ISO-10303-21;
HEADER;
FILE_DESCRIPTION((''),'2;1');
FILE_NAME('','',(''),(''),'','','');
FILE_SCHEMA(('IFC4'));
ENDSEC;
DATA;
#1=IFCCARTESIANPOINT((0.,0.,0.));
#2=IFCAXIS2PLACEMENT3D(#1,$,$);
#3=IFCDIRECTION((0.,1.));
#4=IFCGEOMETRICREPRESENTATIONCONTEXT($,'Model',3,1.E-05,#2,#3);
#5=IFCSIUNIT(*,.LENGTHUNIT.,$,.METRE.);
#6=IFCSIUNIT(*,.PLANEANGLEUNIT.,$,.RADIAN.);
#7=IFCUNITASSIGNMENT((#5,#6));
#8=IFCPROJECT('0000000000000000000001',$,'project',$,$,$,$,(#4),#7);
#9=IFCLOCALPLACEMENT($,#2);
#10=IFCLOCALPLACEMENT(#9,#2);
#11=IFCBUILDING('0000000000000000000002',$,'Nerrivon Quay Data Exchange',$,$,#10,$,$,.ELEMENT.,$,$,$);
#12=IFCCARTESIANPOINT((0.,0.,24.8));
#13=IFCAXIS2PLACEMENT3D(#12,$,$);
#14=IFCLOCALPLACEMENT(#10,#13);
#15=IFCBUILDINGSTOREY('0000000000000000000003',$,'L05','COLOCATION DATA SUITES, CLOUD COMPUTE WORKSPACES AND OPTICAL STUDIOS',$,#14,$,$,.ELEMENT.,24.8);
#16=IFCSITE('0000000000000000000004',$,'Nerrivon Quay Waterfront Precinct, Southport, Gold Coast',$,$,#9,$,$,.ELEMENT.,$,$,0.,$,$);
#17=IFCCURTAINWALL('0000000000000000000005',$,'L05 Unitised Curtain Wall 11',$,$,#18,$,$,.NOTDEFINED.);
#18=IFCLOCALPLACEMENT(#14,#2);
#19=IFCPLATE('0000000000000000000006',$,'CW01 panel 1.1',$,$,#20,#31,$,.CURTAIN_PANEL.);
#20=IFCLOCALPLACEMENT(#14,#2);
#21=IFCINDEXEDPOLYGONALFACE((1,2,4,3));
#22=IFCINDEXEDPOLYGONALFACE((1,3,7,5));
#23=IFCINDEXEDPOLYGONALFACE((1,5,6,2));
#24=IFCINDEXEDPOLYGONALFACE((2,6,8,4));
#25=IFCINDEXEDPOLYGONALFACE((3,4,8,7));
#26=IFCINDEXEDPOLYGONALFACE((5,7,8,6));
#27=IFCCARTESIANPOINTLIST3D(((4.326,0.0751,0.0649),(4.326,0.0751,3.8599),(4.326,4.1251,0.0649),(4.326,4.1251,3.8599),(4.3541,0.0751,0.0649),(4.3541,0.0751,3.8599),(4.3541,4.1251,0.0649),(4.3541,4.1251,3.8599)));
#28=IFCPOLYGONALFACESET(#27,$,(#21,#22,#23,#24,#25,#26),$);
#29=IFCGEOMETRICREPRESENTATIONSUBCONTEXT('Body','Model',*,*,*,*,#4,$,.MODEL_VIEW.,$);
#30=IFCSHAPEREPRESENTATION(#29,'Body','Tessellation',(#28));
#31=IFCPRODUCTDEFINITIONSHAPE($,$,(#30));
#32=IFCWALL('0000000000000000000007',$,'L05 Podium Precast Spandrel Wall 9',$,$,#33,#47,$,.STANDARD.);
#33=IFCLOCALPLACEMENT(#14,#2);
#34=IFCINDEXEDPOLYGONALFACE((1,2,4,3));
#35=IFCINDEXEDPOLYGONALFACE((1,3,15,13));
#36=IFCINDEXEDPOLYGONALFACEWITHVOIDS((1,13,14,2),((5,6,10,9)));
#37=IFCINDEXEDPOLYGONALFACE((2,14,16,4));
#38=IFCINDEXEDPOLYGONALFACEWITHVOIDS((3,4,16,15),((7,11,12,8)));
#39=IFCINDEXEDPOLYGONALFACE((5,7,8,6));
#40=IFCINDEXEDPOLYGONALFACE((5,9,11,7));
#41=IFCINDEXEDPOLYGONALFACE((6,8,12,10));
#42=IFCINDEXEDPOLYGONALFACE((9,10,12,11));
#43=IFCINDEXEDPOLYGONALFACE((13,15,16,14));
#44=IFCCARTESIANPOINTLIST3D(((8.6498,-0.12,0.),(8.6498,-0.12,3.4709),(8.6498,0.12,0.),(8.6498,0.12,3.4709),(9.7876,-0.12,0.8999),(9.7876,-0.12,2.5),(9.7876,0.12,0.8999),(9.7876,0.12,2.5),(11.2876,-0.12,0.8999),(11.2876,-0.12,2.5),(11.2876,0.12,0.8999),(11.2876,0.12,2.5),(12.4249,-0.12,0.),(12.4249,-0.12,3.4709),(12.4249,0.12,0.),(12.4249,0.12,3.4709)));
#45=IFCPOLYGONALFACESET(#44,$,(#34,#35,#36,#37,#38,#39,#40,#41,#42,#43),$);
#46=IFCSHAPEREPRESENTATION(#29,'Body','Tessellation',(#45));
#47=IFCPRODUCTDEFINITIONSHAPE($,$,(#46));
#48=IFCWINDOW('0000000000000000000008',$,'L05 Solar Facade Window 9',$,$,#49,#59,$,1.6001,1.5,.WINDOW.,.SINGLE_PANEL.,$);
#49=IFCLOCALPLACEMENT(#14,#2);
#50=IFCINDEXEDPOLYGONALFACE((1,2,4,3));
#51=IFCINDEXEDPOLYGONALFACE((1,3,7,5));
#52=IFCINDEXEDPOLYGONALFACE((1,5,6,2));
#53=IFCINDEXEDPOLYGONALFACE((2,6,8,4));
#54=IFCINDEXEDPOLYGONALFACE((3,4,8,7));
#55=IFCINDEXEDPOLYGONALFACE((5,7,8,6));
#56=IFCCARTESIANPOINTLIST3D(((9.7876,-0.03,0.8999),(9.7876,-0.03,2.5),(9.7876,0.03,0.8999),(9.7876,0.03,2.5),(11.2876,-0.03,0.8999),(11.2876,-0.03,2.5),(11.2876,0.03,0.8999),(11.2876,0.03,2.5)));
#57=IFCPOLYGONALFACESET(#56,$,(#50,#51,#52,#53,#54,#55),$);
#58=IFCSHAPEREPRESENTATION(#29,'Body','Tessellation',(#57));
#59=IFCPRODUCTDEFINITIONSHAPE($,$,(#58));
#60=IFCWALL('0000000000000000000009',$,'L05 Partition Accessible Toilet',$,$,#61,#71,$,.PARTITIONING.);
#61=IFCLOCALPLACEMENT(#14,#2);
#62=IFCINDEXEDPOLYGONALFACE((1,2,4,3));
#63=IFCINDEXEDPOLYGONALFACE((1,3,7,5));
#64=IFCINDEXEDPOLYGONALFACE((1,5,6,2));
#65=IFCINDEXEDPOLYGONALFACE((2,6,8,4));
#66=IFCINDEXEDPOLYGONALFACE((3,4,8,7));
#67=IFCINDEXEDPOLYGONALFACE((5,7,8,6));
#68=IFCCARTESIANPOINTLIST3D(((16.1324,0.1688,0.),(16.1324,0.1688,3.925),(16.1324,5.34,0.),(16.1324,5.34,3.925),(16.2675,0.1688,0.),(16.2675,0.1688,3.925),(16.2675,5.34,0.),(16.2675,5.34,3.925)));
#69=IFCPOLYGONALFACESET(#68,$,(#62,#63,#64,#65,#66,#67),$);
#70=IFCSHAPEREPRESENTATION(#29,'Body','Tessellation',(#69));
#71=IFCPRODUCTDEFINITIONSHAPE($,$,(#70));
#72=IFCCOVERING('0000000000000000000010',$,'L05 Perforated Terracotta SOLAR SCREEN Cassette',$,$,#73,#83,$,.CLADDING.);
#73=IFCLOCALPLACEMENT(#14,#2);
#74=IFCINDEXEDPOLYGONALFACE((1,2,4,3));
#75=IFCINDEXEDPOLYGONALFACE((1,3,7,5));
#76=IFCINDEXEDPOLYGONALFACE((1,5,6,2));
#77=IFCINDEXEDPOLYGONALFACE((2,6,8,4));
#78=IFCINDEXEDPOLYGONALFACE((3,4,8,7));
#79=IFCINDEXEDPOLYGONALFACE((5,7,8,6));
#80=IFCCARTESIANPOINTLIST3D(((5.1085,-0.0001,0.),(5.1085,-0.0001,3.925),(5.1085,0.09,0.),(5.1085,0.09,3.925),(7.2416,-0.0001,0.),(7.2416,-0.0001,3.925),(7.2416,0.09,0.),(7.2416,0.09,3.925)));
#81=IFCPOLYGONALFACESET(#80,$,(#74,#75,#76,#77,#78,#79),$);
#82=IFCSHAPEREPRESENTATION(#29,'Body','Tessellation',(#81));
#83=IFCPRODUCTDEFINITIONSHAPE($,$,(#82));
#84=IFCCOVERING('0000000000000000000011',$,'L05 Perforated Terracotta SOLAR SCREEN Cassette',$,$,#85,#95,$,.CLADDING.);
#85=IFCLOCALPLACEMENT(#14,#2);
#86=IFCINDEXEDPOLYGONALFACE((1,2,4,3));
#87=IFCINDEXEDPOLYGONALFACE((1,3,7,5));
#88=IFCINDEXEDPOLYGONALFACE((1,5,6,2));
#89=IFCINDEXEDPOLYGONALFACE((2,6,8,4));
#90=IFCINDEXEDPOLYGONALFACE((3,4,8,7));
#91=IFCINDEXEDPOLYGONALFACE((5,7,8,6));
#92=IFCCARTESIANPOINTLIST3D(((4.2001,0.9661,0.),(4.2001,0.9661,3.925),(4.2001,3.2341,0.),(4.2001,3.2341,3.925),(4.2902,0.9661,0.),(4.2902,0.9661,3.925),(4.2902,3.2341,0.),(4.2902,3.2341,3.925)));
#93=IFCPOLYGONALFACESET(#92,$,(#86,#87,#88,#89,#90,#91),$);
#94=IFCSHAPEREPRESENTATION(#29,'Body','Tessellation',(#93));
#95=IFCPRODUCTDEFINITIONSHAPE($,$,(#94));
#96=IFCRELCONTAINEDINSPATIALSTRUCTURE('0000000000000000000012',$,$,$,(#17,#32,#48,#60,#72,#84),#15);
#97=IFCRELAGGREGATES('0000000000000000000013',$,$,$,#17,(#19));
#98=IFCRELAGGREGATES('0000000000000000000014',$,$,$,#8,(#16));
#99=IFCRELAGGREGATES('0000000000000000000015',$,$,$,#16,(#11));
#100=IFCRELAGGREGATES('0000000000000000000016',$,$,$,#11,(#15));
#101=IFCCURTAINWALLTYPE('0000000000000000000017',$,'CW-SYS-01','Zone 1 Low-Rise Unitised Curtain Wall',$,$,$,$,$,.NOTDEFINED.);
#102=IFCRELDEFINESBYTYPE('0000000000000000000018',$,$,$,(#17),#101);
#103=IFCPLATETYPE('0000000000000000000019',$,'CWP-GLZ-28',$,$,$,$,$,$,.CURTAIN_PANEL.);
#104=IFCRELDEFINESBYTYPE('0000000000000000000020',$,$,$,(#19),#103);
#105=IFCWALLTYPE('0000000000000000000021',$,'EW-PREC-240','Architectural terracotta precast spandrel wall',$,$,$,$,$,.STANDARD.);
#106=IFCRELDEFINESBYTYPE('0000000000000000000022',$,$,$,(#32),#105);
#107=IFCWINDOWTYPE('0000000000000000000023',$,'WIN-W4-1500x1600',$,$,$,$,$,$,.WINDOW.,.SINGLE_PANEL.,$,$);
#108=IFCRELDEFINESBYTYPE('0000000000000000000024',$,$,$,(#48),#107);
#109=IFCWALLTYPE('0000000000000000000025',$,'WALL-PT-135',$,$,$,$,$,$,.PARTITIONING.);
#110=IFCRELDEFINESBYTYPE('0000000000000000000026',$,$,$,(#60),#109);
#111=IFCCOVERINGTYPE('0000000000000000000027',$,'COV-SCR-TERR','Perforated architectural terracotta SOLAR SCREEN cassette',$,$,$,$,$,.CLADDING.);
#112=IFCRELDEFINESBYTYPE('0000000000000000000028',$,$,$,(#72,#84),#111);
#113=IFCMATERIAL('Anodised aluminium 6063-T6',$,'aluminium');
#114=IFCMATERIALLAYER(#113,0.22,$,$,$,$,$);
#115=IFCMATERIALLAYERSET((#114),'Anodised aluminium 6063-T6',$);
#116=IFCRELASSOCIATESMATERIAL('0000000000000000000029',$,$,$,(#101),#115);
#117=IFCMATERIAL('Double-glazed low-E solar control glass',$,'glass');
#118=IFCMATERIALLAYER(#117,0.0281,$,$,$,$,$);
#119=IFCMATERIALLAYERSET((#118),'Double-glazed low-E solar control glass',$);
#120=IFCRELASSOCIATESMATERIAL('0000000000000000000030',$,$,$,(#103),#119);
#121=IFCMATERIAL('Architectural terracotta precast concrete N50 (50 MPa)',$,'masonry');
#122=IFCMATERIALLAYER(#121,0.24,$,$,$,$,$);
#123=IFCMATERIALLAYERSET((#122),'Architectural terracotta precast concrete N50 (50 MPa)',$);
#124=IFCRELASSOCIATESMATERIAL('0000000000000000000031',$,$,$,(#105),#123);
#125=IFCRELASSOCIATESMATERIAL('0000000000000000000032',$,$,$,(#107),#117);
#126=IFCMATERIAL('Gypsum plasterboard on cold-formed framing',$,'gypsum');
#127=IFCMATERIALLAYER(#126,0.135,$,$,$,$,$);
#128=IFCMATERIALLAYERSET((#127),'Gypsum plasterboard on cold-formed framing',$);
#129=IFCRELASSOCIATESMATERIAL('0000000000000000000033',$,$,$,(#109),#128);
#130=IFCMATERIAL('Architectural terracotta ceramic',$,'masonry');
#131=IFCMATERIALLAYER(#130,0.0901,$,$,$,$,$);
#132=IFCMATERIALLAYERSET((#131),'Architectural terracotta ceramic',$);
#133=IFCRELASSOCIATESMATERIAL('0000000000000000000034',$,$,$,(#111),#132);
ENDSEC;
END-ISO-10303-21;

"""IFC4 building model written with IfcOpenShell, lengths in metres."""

from ifc_helpers import new_model, si_unit, direction, frame, frame_2d, origin, origin_2d, place, context, subcontext, project, spatial, rectangle, extrude, material, layer, layer_set, type_object, element, fill, aggregate, save


model = new_model("IFC4")

# Units and contexts
model_context = context("Model", 3, precision=1e-05, world=origin(), true_north=direction((0.0, 1.0)))
body_context = subcontext(model_context, "Body", "Model", "MODEL_VIEW")
ifc_project = project(units=[si_unit("LENGTHUNIT", "METRE"), si_unit("PLANEANGLEUNIT", "RADIAN")], contexts=[model_context])

# Site, building, storey
site_placement = place(None, origin())
site = spatial("IfcSite", under=ifc_project, at=site_placement, Name="Nerrivon Quay Waterfront Precinct, Southport, Gold Coast", CompositionType="ELEMENT", RefElevation=0.0)
building_placement = place(site_placement, origin())
building = spatial("IfcBuilding", under=site, at=building_placement, Name="Nerrivon Quay Data Exchange", CompositionType="ELEMENT")
storey_placement = place(building_placement, frame((0.0, 0.0, 24.8)))
storey = spatial("IfcBuildingStorey", under=building, at=storey_placement, Name="L05", Description="COLOCATION DATA SUITES, CLOUD COMPUTE WORKSPACES AND OPTICAL STUDIOS", CompositionType="ELEMENT", Elevation=24.8)

# Shared definitions
ifc_material_1 = material(Name="Anodised aluminium 6063-T6", Category="aluminium")
ifc_layer_1 = layer(ifc_material_1, 0.22)
ifc_layer_set_1 = layer_set([ifc_layer_1], Name="Anodised aluminium 6063-T6")
curtain_wall_type = type_object("IfcCurtainWallType", Name="CW-SYS-01", Description="Zone 1 Low-Rise Unitised Curtain Wall", PredefinedType="NOTDEFINED", material=ifc_layer_set_1)

# Curtain wall
curtain_wall_1_placement = place(storey_placement, origin())
curtain_wall_1 = element("IfcCurtainWall", 1, at=curtain_wall_1_placement, inside=storey, type_object=curtain_wall_type, Name="L05 Unitised Curtain Wall 11", PredefinedType="NOTDEFINED")

# Plate
ifc_material_2 = material(Name="Double-glazed low-E solar control glass", Category="glass")
ifc_layer_2 = layer(ifc_material_2, 0.0281)
ifc_layer_set_2 = layer_set([ifc_layer_2], Name="Double-glazed low-E solar control glass")
plate_type = type_object("IfcPlateType", Name="CWP-GLZ-28", PredefinedType="CURTAIN_PANEL", material=ifc_layer_set_2)
plate_1_placement = place(storey_placement, frame((4.3401, 2.1001, 0.0649), z_axis=(0.0, 0.0, 1.0), x_axis=(0.0, 1.0, 0.0)))
plate_1 = element("IfcPlate", 2, at=plate_1_placement, type_object=plate_type, Name="CW01 panel 1.1", PredefinedType="CURTAIN_PANEL", context=body_context, shape_type="SweptSolid", body=[
    extrude(rectangle(XDim=4.05, YDim=0.0281, at=origin_2d()), origin(), (0.0, 0.0, 1.0), 3.7949),
])
aggregate(curtain_wall_1, [plate_1])

# Wall, opening, window
ifc_material_3 = material(Name="Architectural terracotta precast concrete N50 (50 MPa)", Category="masonry")
ifc_layer_3 = layer(ifc_material_3, 0.24)
ifc_layer_set_3 = layer_set([ifc_layer_3], Name="Architectural terracotta precast concrete N50 (50 MPa)")
wall_type_1 = type_object("IfcWallType", Name="EW-PREC-240", Description="Architectural terracotta precast spandrel wall", PredefinedType="STANDARD", material=ifc_layer_set_3)
wall_1_placement = place(storey_placement, frame((12.425, 0.0, 0.0), z_axis=(0.0, 0.0, 1.0), x_axis=(-1.0, 0.0, 0.0)))
wall_1 = element("IfcWall", 3, at=wall_1_placement, inside=storey, type_object=wall_type_1, Name="L05 Podium Precast Spandrel Wall 9", PredefinedType="STANDARD", context=body_context, shape_type="SweptSolid", body=[
    extrude(rectangle(XDim=3.7751, YDim=0.24, at=frame_2d((1.8877, 0.0))), origin(), (0.0, 0.0, 1.0), 3.4709),
])
opening_placement = place(wall_1_placement, frame((1.1375, 0.0, 0.8999)))
opening = element("IfcOpeningElement", 4, at=opening_placement, cuts=wall_1, PredefinedType="OPENING", context=body_context, shape_type="SweptSolid", body=[
    extrude(rectangle(XDim=1.5, YDim=1.6001, at=frame_2d((0.75, 0.8))), frame((0.0, 0.1299, 0.0), z_axis=(0.0, -1.0, 0.0), x_axis=(1.0, 0.0, 0.0)), (0.0, 0.0, 1.0), 0.26),
])
window_type = type_object("IfcWindowType", Name="WIN-W4-1500x1600", PartitioningType="SINGLE_PANEL", PredefinedType="WINDOW", material=ifc_material_2)
window_placement = place(opening_placement, origin())
window = element("IfcWindow", 5, at=window_placement, inside=storey, type_object=window_type, Name="L05 Solar Facade Window 9", OverallHeight=1.6001, OverallWidth=1.5, PartitioningType="SINGLE_PANEL", PredefinedType="WINDOW", context=body_context, shape_type="SweptSolid", body=[
    extrude(rectangle(XDim=1.5, YDim=1.6001, at=frame_2d((0.75, 0.8))), frame((0.0, 0.03, 0.0), z_axis=(0.0, -1.0, 0.0), x_axis=(1.0, 0.0, 0.0)), (0.0, 0.0, 1.0), 0.0601),
])
fill(opening, window)

# Wall
ifc_material_4 = material(Name="Gypsum plasterboard on cold-formed framing", Category="gypsum")
ifc_layer_4 = layer(ifc_material_4, 0.135)
ifc_layer_set_4 = layer_set([ifc_layer_4], Name="Gypsum plasterboard on cold-formed framing")
wall_type_2 = type_object("IfcWallType", Name="WALL-PT-135", PredefinedType="PARTITIONING", material=ifc_layer_set_4)
wall_2_placement = place(storey_placement, frame((16.2, 0.1689, 0.0), z_axis=(0.0, 0.0, 1.0), x_axis=(0.0, 1.0, 0.0)))
element("IfcWall", 6, at=wall_2_placement, inside=storey, type_object=wall_type_2, Name="L05 Partition Accessible Toilet", PredefinedType="PARTITIONING", context=body_context, shape_type="SweptSolid", body=[
    extrude(rectangle(XDim=5.1711, YDim=0.135, at=frame_2d((2.5854, 0.0))), origin(), (0.0, 0.0, 1.0), 3.925),
])

# Coverings
ifc_material_5 = material(Name="Architectural terracotta ceramic", Category="masonry")
ifc_layer_5 = layer(ifc_material_5, 0.0901)
ifc_layer_set_5 = layer_set([ifc_layer_5], Name="Architectural terracotta ceramic")
covering_type = type_object("IfcCoveringType", Name="COV-SCR-TERR", Description="Perforated architectural terracotta SOLAR SCREEN cassette", PredefinedType="CLADDING", material=ifc_layer_set_5)
covering_1_placement = place(storey_placement, frame((6.175, 0.0449, 0.0), z_axis=(0.0, 0.0, 1.0), x_axis=(-1.0, 0.0, 0.0)))
element("IfcCovering", 7, at=covering_1_placement, inside=storey, type_object=covering_type, Name="L05 Perforated Terracotta SOLAR SCREEN Cassette", PredefinedType="CLADDING", context=body_context, shape_type="SweptSolid", body=[
    extrude(rectangle(XDim=2.1331, YDim=0.0901, at=origin_2d()), origin(), (0.0, 0.0, 1.0), 3.925),
])
covering_2_placement = place(storey_placement, frame((4.2451, 2.1001, 0.0), z_axis=(0.0, 0.0, 1.0), x_axis=(0.0, 1.0, 0.0)))
element("IfcCovering", 8, at=covering_2_placement, inside=storey, type_object=covering_type, Name="L05 Perforated Terracotta SOLAR SCREEN Cassette", PredefinedType="CLADDING", context=body_context, shape_type="SweptSolid", body=[
    extrude(rectangle(XDim=2.2681, YDim=0.0901, at=origin_2d()), origin(), (0.0, 0.0, 1.0), 3.925),
])

save(model, "model.ifc")
